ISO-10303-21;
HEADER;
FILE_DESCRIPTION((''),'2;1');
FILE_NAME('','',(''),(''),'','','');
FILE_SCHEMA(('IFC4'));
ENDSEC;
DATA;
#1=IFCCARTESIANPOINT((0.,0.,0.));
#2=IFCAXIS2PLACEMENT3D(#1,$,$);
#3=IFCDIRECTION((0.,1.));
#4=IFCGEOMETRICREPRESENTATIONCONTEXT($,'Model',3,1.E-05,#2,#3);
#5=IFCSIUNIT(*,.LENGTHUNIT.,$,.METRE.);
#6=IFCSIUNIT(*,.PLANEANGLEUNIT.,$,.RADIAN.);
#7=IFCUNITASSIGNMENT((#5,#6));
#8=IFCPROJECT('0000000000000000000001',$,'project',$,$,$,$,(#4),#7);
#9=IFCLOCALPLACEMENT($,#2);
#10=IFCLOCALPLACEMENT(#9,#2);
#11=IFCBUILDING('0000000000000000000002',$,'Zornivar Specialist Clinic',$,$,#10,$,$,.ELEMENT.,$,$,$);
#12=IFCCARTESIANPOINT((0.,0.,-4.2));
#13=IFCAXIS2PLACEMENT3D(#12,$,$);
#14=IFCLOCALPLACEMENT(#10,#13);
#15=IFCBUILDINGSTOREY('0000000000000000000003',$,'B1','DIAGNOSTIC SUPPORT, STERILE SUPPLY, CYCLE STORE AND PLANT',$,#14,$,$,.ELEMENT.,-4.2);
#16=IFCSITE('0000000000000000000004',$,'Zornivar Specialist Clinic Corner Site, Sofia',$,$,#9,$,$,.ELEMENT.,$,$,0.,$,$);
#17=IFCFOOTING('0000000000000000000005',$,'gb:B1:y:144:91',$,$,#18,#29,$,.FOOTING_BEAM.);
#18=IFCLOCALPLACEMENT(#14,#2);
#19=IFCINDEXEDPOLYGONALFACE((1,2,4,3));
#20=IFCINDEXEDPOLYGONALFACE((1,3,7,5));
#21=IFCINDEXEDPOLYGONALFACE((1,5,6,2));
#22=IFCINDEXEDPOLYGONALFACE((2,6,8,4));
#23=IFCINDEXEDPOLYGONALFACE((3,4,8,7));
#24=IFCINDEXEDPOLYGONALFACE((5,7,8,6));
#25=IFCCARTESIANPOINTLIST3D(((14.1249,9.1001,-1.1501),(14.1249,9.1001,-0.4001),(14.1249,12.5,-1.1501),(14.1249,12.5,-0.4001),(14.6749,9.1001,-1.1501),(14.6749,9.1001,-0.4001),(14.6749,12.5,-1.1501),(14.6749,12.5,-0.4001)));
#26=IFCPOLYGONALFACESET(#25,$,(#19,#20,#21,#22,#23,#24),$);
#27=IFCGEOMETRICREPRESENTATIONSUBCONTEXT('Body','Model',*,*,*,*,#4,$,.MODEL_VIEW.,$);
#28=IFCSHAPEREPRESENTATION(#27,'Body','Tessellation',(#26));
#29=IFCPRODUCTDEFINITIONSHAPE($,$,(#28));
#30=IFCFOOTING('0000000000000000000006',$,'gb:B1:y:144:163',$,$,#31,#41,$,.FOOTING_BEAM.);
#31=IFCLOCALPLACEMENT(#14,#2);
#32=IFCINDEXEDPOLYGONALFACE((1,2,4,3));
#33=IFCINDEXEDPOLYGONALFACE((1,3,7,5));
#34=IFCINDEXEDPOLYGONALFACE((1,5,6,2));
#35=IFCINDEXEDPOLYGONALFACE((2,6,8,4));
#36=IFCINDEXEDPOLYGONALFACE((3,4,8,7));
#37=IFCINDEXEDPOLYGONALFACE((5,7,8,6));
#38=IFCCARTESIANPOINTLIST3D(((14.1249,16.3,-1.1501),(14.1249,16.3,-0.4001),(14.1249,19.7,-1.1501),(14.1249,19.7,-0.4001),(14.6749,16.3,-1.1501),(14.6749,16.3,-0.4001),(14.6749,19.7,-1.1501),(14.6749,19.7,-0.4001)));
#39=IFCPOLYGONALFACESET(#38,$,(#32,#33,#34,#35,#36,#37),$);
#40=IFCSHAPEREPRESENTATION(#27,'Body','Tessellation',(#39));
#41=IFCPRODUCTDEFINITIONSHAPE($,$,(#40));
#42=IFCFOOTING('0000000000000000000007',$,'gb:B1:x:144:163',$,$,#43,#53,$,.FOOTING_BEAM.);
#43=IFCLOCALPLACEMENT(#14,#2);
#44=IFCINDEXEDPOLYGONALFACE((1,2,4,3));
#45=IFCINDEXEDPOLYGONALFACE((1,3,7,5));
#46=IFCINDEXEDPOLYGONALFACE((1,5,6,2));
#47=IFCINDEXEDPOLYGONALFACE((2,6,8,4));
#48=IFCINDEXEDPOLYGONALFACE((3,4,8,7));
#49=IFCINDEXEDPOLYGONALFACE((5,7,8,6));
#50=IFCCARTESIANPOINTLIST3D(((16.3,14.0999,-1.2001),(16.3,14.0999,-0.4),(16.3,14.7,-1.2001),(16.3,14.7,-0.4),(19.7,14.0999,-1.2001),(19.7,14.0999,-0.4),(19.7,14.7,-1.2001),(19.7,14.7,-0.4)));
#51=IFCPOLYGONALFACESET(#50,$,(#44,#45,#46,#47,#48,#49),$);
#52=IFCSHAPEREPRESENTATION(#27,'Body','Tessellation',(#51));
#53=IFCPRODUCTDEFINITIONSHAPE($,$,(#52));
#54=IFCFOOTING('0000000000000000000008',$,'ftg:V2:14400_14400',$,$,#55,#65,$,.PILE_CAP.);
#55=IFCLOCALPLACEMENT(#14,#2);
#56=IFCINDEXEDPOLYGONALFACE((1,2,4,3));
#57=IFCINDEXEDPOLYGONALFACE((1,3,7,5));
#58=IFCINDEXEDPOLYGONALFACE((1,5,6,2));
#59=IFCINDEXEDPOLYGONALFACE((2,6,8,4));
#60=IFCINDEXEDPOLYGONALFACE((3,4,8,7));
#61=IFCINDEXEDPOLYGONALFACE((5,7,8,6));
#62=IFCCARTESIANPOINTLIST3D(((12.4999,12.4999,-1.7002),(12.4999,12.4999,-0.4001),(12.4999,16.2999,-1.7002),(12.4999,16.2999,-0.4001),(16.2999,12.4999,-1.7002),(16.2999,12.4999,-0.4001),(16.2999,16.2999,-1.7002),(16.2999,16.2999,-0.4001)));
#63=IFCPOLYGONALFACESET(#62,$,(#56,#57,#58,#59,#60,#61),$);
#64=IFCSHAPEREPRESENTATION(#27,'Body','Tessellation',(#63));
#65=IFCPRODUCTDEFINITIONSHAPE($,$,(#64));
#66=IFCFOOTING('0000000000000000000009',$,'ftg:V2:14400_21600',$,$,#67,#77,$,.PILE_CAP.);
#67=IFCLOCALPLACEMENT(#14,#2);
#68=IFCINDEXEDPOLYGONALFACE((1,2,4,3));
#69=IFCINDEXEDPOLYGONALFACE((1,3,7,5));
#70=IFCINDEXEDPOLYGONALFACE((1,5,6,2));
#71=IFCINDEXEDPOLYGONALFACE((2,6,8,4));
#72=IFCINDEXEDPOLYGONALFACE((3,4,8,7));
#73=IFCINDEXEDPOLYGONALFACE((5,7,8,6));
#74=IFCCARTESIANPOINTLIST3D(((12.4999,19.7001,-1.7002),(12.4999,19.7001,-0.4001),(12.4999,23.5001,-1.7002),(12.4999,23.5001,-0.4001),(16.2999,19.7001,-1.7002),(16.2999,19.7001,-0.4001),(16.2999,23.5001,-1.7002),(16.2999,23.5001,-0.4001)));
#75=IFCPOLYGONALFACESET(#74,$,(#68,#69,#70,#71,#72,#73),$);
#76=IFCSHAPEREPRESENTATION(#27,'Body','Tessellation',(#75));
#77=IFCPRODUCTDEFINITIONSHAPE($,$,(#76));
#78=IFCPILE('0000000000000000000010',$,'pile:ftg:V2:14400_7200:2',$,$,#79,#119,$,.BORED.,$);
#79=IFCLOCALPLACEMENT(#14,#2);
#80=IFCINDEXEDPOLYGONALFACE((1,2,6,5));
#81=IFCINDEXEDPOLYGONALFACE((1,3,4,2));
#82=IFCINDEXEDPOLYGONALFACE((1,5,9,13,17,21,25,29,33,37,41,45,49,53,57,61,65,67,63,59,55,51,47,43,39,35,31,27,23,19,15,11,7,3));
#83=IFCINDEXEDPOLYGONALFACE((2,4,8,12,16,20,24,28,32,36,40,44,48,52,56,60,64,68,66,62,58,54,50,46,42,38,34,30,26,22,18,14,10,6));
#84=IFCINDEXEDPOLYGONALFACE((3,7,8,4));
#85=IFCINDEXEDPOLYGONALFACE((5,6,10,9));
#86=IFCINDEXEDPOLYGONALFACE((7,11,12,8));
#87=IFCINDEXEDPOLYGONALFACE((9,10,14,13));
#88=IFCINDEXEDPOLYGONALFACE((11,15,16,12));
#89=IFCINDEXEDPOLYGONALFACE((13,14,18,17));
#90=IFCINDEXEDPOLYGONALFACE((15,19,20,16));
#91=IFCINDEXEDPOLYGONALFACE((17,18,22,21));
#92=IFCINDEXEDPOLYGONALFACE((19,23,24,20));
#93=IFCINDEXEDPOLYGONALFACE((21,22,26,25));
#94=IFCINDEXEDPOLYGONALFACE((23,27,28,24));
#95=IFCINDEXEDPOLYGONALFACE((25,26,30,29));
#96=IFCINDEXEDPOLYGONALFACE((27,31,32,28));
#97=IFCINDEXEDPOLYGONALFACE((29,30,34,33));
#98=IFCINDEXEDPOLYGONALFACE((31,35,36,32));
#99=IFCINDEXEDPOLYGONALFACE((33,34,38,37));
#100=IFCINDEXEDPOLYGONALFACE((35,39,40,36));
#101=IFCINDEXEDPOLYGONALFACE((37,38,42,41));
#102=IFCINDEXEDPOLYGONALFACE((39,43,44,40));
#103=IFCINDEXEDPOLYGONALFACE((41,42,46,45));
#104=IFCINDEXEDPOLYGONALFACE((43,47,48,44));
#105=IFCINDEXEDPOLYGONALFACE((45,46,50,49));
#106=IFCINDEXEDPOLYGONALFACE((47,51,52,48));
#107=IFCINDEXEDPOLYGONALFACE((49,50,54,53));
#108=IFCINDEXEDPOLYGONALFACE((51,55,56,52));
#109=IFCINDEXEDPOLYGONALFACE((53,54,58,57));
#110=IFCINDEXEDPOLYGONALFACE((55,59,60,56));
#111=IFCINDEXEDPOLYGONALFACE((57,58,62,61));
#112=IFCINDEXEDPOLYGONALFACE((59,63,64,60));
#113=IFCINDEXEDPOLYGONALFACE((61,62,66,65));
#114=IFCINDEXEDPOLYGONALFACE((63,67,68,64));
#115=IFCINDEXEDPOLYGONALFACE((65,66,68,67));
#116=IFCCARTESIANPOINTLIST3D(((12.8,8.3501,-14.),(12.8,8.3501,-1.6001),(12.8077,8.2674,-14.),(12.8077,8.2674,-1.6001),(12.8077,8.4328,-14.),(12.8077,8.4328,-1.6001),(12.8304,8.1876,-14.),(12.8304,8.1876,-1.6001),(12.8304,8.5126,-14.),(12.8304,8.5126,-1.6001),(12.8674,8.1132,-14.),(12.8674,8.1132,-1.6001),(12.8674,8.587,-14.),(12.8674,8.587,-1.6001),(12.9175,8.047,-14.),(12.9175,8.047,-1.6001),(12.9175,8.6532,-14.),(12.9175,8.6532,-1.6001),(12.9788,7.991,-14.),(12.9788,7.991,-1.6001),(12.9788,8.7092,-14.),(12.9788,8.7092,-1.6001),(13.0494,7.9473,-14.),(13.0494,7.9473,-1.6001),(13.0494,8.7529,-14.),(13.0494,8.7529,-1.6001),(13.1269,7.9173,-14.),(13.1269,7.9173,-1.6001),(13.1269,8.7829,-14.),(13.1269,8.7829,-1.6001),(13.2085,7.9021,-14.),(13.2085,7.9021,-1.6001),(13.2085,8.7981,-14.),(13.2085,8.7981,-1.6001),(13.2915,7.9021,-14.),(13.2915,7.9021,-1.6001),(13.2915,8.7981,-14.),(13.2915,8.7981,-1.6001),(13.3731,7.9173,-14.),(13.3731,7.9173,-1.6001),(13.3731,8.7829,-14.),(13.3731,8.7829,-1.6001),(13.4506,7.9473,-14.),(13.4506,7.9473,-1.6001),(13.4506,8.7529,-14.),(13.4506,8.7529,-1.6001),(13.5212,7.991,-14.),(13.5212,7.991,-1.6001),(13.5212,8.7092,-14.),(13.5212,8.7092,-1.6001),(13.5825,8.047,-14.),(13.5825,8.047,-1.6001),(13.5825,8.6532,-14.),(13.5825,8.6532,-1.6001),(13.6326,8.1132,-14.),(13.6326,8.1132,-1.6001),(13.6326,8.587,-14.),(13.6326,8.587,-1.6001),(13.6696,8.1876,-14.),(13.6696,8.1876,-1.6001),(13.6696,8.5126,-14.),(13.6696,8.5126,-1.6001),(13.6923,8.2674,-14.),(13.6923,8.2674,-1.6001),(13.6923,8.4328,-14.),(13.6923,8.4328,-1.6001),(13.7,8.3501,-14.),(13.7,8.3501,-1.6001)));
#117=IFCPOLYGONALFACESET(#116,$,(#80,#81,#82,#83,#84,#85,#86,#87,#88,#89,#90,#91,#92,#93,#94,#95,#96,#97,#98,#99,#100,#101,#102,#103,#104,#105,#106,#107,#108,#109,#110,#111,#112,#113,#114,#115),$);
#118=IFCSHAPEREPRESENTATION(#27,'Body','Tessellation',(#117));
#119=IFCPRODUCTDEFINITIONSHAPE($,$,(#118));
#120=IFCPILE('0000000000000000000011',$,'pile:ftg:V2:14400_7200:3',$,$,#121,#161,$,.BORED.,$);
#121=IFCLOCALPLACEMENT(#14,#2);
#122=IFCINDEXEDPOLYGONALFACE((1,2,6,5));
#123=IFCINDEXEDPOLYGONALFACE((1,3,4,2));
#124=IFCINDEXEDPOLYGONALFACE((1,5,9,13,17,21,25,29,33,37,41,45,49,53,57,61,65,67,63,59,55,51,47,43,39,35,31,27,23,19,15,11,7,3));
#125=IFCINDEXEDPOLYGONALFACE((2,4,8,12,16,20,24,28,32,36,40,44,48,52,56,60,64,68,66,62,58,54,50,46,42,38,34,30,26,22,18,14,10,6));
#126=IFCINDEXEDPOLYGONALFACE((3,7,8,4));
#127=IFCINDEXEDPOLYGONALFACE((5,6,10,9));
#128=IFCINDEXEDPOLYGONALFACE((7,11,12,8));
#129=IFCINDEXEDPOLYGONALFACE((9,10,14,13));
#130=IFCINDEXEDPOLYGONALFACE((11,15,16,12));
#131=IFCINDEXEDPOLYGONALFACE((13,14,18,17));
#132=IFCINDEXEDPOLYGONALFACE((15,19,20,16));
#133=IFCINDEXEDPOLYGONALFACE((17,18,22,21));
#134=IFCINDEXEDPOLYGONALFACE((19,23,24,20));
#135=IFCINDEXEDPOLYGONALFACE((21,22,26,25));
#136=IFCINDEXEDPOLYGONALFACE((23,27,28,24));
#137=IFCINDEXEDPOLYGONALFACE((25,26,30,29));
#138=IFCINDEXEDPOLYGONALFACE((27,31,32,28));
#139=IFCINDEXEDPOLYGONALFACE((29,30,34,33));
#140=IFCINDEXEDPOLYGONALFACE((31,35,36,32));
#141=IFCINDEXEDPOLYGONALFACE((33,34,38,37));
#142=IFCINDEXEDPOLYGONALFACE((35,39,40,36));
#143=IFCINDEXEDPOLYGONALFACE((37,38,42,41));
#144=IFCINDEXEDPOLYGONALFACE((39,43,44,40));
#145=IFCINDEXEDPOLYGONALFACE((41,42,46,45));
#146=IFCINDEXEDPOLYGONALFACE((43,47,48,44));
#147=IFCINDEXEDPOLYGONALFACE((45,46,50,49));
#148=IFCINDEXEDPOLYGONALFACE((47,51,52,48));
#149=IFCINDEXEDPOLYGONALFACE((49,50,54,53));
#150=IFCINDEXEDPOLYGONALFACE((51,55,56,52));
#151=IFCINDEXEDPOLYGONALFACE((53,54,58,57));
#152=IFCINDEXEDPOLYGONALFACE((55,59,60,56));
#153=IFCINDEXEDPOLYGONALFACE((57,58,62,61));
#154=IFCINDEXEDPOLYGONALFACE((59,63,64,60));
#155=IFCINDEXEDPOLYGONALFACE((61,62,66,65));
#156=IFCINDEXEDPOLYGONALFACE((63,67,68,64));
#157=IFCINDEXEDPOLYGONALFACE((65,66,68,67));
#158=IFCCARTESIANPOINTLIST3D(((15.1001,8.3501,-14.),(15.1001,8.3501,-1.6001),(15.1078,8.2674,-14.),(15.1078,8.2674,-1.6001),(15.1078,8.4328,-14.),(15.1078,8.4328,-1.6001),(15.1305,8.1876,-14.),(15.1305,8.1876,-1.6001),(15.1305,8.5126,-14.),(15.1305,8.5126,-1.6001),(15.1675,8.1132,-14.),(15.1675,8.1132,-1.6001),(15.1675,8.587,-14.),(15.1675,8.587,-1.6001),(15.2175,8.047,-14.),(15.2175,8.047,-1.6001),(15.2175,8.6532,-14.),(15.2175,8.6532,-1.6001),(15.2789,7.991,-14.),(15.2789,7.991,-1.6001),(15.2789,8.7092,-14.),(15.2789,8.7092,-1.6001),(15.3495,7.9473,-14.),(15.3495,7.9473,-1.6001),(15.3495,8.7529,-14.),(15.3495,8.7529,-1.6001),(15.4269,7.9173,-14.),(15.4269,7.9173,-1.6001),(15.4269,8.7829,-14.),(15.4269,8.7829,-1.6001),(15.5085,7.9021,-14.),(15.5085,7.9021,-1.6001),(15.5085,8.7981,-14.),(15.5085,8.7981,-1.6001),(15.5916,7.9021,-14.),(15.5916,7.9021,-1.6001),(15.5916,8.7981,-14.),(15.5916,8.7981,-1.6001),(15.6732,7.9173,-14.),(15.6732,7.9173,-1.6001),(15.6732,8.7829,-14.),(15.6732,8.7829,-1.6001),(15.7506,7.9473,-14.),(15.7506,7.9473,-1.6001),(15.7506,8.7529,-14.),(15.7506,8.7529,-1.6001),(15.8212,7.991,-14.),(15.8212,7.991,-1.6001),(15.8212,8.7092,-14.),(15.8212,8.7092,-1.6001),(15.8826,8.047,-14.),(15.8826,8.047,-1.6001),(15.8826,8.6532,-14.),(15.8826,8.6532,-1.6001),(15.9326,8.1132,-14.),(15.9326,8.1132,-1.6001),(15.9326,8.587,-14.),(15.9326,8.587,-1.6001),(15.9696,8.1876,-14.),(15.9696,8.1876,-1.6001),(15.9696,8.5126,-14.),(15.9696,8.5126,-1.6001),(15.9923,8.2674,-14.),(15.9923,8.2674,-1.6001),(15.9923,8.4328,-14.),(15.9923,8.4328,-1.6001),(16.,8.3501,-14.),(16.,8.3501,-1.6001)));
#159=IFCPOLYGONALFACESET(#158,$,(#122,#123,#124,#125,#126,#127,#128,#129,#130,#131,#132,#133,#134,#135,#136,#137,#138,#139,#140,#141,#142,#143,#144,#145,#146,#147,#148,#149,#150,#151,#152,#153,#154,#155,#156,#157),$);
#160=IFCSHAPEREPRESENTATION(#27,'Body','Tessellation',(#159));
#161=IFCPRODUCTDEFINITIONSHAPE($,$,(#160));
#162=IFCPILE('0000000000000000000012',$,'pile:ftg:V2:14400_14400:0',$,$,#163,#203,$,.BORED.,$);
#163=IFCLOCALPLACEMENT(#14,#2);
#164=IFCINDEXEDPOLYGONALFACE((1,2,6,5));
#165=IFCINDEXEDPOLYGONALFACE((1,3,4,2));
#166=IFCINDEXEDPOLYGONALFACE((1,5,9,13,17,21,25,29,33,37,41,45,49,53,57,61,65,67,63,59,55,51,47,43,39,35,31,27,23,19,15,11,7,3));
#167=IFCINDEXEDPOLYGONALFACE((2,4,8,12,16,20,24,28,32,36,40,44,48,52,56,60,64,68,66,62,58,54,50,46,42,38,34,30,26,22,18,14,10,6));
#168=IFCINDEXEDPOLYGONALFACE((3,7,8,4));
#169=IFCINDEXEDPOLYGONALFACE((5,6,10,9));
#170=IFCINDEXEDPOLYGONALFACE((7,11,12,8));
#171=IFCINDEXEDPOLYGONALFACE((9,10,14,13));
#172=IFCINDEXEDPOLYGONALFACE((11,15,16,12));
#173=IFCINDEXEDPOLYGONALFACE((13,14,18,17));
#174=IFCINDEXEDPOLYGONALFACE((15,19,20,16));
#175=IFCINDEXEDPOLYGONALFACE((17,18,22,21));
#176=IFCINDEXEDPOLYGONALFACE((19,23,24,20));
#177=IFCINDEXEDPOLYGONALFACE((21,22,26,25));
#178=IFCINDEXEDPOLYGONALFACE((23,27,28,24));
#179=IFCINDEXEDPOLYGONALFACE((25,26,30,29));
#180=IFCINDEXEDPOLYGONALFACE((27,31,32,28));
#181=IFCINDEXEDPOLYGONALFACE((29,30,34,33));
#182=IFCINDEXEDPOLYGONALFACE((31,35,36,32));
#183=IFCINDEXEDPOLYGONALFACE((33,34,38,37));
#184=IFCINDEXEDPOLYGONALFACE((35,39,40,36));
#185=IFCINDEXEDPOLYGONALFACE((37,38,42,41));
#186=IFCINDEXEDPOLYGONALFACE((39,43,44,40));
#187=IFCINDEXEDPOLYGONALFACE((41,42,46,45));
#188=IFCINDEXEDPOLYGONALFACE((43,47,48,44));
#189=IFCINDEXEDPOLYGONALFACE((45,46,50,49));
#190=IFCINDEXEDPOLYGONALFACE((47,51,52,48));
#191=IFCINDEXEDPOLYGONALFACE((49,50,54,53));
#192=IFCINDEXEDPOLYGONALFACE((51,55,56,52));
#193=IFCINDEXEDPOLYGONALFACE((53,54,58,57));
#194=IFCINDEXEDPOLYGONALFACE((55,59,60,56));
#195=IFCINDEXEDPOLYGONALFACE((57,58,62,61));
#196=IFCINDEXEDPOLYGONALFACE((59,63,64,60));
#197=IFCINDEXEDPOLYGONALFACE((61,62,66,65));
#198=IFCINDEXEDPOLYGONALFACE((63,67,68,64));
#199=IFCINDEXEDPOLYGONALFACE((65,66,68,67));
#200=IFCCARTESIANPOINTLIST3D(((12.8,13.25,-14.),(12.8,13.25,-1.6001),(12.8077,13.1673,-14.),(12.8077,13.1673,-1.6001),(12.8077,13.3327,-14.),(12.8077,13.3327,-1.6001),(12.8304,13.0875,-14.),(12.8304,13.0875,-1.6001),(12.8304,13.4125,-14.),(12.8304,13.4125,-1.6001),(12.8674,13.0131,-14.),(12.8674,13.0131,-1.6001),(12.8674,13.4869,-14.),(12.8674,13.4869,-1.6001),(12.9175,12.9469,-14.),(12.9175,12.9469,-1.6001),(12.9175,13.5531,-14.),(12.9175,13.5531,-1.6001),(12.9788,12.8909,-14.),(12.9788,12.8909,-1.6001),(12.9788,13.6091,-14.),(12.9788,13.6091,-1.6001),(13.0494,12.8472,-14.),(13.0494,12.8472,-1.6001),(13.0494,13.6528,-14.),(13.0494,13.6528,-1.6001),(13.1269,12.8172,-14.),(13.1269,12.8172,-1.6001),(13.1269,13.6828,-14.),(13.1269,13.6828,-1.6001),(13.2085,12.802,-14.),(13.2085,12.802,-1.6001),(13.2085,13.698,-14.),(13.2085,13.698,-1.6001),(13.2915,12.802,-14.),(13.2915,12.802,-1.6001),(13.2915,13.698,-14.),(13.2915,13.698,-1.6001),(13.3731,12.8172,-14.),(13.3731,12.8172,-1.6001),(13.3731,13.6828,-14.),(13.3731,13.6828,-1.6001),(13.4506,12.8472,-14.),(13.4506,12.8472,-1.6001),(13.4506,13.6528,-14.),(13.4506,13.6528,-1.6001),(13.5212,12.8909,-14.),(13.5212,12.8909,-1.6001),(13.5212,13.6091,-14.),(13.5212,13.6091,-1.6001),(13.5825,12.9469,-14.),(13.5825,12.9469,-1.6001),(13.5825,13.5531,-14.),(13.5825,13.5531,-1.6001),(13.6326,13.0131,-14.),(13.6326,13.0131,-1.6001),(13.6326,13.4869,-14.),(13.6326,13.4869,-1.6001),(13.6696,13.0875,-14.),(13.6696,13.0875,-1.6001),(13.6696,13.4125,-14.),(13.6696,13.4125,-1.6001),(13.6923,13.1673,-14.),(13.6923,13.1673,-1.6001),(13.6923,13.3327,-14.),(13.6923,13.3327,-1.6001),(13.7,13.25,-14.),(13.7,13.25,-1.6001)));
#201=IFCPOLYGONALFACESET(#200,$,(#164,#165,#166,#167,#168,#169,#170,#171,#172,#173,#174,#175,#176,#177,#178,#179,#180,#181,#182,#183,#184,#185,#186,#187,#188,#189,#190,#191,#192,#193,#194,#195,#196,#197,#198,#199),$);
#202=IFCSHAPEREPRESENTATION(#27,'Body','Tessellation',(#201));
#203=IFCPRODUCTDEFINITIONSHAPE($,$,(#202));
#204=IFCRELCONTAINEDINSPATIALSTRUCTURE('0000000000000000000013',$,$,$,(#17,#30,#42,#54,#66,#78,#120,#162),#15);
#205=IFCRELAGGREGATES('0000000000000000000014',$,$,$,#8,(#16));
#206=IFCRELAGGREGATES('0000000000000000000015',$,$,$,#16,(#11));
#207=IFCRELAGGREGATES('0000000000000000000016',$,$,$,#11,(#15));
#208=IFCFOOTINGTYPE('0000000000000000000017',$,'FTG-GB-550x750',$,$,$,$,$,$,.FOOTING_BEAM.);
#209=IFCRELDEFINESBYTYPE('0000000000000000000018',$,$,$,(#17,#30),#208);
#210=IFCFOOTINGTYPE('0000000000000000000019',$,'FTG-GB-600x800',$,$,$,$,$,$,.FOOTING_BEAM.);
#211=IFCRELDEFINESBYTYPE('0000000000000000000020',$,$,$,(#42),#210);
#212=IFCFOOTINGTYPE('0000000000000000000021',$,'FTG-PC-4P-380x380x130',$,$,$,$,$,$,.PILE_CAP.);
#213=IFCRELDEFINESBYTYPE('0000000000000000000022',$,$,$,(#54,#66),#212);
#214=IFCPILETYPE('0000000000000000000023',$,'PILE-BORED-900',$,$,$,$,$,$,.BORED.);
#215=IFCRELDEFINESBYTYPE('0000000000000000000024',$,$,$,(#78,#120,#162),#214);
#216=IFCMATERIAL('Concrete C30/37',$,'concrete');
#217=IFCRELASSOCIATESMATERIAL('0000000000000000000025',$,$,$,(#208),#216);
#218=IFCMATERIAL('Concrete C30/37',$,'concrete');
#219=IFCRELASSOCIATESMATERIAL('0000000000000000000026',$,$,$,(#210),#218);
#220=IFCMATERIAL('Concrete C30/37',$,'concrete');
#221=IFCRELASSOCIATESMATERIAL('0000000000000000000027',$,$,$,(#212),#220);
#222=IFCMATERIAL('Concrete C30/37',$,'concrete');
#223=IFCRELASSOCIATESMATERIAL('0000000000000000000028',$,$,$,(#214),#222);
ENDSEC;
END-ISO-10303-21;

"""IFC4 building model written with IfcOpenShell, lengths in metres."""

from ifc_helpers import new_model, si_unit, direction, frame, origin, origin_2d, place, context, subcontext, project, spatial, rectangle, circle, extrude, material, material_profile, profile_set, type_object, element, save


model = new_model("IFC4")

# Units and contexts
model_context = context("Model", 3, precision=1e-05, world=origin(), true_north=direction((0.0, 1.0)))
body_context = subcontext(model_context, "Body", "Model", "MODEL_VIEW")
ifc_project = project(units=[si_unit("LENGTHUNIT", "METRE"), si_unit("PLANEANGLEUNIT", "RADIAN")], contexts=[model_context])

# Site, building, storey
site_placement = place(None, origin())
site = spatial("IfcSite", under=ifc_project, at=site_placement, Name="Zornivar Specialist Clinic Corner Site, Sofia", CompositionType="ELEMENT", RefElevation=0.0)
building_placement = place(site_placement, origin())
building = spatial("IfcBuilding", under=site, at=building_placement, Name="Zornivar Specialist Clinic", CompositionType="ELEMENT")
storey_placement = place(building_placement, frame((0.0, 0.0, -4.2)))
storey = spatial("IfcBuildingStorey", under=building, at=storey_placement, Name="B1", Description="DIAGNOSTIC SUPPORT, STERILE SUPPLY, CYCLE STORE AND PLANT", CompositionType="ELEMENT", Elevation=-4.2)

# Footings
ifc_material_1 = material(Name="Concrete C30/37", Category="concrete")
ifc_material_profile_1 = material_profile(ifc_material_1, rectangle(XDim=0.55, YDim=0.75, at=origin_2d()), Name="RC 550x750")
ifc_profile_set_1 = profile_set([ifc_material_profile_1], Name="Concrete C30/37")
footing_type_1 = type_object("IfcFootingType", Name="FTG-GB-550x750", PredefinedType="FOOTING_BEAM", material=ifc_profile_set_1)
for number, where, z_axis, x_axis, name in (
    (1, (14.3999, 9.1001, -0.7751), (0.0, 1.0, 0.0), (-1.0, 0.0, 0.0), "gb:B1:y:144:91"),
    (2, (14.3999, 16.3, -0.7751), (0.0, 1.0, 0.0), (-1.0, 0.0, 0.0), "gb:B1:y:144:163"),
):
    element("IfcFooting", number, at=place(storey_placement, frame(where, z_axis=z_axis, x_axis=x_axis)), inside=storey, type_object=footing_type_1, Name=name, PredefinedType="FOOTING_BEAM", context=body_context, shape_type="SweptSolid", body=[
        extrude(rectangle(XDim=0.55, YDim=0.75, at=origin_2d()), origin(), (0.0, 0.0, 1.0), 3.3999),
    ])
ifc_material_2 = material(Name="Concrete C30/37", Category="concrete")
ifc_material_profile_2 = material_profile(ifc_material_2, rectangle(XDim=0.6001, YDim=0.8, at=origin_2d()), Name="RC 600x800")
ifc_profile_set_2 = profile_set([ifc_material_profile_2], Name="Concrete C30/37")
footing_type_2 = type_object("IfcFootingType", Name="FTG-GB-600x800", PredefinedType="FOOTING_BEAM", material=ifc_profile_set_2)
footing_placement = place(storey_placement, frame((16.3, 14.3999, -0.8), z_axis=(1.0, 0.0, 0.0), x_axis=(0.0, 1.0, 0.0)))
element("IfcFooting", 3, at=footing_placement, inside=storey, type_object=footing_type_2, Name="gb:B1:x:144:163", PredefinedType="FOOTING_BEAM", context=body_context, shape_type="SweptSolid", body=[
    extrude(rectangle(XDim=0.6001, YDim=0.8, at=origin_2d()), origin(), (0.0, 0.0, 1.0), 3.3999),
])
ifc_material_3 = material(Name="Concrete C30/37", Category="concrete")
footing_type_3 = type_object("IfcFootingType", Name="FTG-PC-4P-380x380x130", PredefinedType="PILE_CAP", material=ifc_material_3)
for number, where, z_axis, x_axis, name in (
    (4, (14.3999, 14.3999, -1.7002), (0.0, 0.0, 1.0), (1.0, 0.0, 0.0), "ftg:V2:14400_14400"),
    (5, (14.3999, 21.6001, -1.7002), (0.0, 0.0, 1.0), (1.0, 0.0, 0.0), "ftg:V2:14400_21600"),
):
    element("IfcFooting", number, at=place(storey_placement, frame(where, z_axis=z_axis, x_axis=x_axis)), inside=storey, type_object=footing_type_3, Name=name, PredefinedType="PILE_CAP", context=body_context, shape_type="SweptSolid", body=[
        extrude(rectangle(XDim=3.8, YDim=3.8, at=origin_2d()), origin(), (0.0, 0.0, 1.0), 1.3),
    ])

# Piles
ifc_material_4 = material(Name="Concrete C30/37", Category="concrete")
ifc_material_profile_3 = material_profile(ifc_material_4, circle(Radius=0.45, at=origin_2d()), Name="PILE D900")
ifc_profile_set_3 = profile_set([ifc_material_profile_3], Name="Concrete C30/37")
pile_type = type_object("IfcPileType", Name="PILE-BORED-900", PredefinedType="BORED", material=ifc_profile_set_3)
for number, where, z_axis, x_axis, name in (
    (6, (13.25, 8.3501, -1.6001), (0.0, 0.0, -1.0), (1.0, 0.0, 0.0), "pile:ftg:V2:14400_7200:2"),
    (7, (15.55, 8.3501, -1.6001), (0.0, 0.0, -1.0), (1.0, 0.0, 0.0), "pile:ftg:V2:14400_7200:3"),
    (8, (13.25, 13.25, -1.6001), (0.0, 0.0, -1.0), (1.0, 0.0, 0.0), "pile:ftg:V2:14400_14400:0"),
):
    element("IfcPile", number, at=place(storey_placement, frame(where, z_axis=z_axis, x_axis=x_axis)), inside=storey, type_object=pile_type, Name=name, PredefinedType="BORED", context=body_context, shape_type="SweptSolid", body=[
        extrude(circle(Radius=0.45, at=origin_2d()), origin(), (0.0, 0.0, 1.0), 12.3999),
    ])

save(model, "model.ifc")
